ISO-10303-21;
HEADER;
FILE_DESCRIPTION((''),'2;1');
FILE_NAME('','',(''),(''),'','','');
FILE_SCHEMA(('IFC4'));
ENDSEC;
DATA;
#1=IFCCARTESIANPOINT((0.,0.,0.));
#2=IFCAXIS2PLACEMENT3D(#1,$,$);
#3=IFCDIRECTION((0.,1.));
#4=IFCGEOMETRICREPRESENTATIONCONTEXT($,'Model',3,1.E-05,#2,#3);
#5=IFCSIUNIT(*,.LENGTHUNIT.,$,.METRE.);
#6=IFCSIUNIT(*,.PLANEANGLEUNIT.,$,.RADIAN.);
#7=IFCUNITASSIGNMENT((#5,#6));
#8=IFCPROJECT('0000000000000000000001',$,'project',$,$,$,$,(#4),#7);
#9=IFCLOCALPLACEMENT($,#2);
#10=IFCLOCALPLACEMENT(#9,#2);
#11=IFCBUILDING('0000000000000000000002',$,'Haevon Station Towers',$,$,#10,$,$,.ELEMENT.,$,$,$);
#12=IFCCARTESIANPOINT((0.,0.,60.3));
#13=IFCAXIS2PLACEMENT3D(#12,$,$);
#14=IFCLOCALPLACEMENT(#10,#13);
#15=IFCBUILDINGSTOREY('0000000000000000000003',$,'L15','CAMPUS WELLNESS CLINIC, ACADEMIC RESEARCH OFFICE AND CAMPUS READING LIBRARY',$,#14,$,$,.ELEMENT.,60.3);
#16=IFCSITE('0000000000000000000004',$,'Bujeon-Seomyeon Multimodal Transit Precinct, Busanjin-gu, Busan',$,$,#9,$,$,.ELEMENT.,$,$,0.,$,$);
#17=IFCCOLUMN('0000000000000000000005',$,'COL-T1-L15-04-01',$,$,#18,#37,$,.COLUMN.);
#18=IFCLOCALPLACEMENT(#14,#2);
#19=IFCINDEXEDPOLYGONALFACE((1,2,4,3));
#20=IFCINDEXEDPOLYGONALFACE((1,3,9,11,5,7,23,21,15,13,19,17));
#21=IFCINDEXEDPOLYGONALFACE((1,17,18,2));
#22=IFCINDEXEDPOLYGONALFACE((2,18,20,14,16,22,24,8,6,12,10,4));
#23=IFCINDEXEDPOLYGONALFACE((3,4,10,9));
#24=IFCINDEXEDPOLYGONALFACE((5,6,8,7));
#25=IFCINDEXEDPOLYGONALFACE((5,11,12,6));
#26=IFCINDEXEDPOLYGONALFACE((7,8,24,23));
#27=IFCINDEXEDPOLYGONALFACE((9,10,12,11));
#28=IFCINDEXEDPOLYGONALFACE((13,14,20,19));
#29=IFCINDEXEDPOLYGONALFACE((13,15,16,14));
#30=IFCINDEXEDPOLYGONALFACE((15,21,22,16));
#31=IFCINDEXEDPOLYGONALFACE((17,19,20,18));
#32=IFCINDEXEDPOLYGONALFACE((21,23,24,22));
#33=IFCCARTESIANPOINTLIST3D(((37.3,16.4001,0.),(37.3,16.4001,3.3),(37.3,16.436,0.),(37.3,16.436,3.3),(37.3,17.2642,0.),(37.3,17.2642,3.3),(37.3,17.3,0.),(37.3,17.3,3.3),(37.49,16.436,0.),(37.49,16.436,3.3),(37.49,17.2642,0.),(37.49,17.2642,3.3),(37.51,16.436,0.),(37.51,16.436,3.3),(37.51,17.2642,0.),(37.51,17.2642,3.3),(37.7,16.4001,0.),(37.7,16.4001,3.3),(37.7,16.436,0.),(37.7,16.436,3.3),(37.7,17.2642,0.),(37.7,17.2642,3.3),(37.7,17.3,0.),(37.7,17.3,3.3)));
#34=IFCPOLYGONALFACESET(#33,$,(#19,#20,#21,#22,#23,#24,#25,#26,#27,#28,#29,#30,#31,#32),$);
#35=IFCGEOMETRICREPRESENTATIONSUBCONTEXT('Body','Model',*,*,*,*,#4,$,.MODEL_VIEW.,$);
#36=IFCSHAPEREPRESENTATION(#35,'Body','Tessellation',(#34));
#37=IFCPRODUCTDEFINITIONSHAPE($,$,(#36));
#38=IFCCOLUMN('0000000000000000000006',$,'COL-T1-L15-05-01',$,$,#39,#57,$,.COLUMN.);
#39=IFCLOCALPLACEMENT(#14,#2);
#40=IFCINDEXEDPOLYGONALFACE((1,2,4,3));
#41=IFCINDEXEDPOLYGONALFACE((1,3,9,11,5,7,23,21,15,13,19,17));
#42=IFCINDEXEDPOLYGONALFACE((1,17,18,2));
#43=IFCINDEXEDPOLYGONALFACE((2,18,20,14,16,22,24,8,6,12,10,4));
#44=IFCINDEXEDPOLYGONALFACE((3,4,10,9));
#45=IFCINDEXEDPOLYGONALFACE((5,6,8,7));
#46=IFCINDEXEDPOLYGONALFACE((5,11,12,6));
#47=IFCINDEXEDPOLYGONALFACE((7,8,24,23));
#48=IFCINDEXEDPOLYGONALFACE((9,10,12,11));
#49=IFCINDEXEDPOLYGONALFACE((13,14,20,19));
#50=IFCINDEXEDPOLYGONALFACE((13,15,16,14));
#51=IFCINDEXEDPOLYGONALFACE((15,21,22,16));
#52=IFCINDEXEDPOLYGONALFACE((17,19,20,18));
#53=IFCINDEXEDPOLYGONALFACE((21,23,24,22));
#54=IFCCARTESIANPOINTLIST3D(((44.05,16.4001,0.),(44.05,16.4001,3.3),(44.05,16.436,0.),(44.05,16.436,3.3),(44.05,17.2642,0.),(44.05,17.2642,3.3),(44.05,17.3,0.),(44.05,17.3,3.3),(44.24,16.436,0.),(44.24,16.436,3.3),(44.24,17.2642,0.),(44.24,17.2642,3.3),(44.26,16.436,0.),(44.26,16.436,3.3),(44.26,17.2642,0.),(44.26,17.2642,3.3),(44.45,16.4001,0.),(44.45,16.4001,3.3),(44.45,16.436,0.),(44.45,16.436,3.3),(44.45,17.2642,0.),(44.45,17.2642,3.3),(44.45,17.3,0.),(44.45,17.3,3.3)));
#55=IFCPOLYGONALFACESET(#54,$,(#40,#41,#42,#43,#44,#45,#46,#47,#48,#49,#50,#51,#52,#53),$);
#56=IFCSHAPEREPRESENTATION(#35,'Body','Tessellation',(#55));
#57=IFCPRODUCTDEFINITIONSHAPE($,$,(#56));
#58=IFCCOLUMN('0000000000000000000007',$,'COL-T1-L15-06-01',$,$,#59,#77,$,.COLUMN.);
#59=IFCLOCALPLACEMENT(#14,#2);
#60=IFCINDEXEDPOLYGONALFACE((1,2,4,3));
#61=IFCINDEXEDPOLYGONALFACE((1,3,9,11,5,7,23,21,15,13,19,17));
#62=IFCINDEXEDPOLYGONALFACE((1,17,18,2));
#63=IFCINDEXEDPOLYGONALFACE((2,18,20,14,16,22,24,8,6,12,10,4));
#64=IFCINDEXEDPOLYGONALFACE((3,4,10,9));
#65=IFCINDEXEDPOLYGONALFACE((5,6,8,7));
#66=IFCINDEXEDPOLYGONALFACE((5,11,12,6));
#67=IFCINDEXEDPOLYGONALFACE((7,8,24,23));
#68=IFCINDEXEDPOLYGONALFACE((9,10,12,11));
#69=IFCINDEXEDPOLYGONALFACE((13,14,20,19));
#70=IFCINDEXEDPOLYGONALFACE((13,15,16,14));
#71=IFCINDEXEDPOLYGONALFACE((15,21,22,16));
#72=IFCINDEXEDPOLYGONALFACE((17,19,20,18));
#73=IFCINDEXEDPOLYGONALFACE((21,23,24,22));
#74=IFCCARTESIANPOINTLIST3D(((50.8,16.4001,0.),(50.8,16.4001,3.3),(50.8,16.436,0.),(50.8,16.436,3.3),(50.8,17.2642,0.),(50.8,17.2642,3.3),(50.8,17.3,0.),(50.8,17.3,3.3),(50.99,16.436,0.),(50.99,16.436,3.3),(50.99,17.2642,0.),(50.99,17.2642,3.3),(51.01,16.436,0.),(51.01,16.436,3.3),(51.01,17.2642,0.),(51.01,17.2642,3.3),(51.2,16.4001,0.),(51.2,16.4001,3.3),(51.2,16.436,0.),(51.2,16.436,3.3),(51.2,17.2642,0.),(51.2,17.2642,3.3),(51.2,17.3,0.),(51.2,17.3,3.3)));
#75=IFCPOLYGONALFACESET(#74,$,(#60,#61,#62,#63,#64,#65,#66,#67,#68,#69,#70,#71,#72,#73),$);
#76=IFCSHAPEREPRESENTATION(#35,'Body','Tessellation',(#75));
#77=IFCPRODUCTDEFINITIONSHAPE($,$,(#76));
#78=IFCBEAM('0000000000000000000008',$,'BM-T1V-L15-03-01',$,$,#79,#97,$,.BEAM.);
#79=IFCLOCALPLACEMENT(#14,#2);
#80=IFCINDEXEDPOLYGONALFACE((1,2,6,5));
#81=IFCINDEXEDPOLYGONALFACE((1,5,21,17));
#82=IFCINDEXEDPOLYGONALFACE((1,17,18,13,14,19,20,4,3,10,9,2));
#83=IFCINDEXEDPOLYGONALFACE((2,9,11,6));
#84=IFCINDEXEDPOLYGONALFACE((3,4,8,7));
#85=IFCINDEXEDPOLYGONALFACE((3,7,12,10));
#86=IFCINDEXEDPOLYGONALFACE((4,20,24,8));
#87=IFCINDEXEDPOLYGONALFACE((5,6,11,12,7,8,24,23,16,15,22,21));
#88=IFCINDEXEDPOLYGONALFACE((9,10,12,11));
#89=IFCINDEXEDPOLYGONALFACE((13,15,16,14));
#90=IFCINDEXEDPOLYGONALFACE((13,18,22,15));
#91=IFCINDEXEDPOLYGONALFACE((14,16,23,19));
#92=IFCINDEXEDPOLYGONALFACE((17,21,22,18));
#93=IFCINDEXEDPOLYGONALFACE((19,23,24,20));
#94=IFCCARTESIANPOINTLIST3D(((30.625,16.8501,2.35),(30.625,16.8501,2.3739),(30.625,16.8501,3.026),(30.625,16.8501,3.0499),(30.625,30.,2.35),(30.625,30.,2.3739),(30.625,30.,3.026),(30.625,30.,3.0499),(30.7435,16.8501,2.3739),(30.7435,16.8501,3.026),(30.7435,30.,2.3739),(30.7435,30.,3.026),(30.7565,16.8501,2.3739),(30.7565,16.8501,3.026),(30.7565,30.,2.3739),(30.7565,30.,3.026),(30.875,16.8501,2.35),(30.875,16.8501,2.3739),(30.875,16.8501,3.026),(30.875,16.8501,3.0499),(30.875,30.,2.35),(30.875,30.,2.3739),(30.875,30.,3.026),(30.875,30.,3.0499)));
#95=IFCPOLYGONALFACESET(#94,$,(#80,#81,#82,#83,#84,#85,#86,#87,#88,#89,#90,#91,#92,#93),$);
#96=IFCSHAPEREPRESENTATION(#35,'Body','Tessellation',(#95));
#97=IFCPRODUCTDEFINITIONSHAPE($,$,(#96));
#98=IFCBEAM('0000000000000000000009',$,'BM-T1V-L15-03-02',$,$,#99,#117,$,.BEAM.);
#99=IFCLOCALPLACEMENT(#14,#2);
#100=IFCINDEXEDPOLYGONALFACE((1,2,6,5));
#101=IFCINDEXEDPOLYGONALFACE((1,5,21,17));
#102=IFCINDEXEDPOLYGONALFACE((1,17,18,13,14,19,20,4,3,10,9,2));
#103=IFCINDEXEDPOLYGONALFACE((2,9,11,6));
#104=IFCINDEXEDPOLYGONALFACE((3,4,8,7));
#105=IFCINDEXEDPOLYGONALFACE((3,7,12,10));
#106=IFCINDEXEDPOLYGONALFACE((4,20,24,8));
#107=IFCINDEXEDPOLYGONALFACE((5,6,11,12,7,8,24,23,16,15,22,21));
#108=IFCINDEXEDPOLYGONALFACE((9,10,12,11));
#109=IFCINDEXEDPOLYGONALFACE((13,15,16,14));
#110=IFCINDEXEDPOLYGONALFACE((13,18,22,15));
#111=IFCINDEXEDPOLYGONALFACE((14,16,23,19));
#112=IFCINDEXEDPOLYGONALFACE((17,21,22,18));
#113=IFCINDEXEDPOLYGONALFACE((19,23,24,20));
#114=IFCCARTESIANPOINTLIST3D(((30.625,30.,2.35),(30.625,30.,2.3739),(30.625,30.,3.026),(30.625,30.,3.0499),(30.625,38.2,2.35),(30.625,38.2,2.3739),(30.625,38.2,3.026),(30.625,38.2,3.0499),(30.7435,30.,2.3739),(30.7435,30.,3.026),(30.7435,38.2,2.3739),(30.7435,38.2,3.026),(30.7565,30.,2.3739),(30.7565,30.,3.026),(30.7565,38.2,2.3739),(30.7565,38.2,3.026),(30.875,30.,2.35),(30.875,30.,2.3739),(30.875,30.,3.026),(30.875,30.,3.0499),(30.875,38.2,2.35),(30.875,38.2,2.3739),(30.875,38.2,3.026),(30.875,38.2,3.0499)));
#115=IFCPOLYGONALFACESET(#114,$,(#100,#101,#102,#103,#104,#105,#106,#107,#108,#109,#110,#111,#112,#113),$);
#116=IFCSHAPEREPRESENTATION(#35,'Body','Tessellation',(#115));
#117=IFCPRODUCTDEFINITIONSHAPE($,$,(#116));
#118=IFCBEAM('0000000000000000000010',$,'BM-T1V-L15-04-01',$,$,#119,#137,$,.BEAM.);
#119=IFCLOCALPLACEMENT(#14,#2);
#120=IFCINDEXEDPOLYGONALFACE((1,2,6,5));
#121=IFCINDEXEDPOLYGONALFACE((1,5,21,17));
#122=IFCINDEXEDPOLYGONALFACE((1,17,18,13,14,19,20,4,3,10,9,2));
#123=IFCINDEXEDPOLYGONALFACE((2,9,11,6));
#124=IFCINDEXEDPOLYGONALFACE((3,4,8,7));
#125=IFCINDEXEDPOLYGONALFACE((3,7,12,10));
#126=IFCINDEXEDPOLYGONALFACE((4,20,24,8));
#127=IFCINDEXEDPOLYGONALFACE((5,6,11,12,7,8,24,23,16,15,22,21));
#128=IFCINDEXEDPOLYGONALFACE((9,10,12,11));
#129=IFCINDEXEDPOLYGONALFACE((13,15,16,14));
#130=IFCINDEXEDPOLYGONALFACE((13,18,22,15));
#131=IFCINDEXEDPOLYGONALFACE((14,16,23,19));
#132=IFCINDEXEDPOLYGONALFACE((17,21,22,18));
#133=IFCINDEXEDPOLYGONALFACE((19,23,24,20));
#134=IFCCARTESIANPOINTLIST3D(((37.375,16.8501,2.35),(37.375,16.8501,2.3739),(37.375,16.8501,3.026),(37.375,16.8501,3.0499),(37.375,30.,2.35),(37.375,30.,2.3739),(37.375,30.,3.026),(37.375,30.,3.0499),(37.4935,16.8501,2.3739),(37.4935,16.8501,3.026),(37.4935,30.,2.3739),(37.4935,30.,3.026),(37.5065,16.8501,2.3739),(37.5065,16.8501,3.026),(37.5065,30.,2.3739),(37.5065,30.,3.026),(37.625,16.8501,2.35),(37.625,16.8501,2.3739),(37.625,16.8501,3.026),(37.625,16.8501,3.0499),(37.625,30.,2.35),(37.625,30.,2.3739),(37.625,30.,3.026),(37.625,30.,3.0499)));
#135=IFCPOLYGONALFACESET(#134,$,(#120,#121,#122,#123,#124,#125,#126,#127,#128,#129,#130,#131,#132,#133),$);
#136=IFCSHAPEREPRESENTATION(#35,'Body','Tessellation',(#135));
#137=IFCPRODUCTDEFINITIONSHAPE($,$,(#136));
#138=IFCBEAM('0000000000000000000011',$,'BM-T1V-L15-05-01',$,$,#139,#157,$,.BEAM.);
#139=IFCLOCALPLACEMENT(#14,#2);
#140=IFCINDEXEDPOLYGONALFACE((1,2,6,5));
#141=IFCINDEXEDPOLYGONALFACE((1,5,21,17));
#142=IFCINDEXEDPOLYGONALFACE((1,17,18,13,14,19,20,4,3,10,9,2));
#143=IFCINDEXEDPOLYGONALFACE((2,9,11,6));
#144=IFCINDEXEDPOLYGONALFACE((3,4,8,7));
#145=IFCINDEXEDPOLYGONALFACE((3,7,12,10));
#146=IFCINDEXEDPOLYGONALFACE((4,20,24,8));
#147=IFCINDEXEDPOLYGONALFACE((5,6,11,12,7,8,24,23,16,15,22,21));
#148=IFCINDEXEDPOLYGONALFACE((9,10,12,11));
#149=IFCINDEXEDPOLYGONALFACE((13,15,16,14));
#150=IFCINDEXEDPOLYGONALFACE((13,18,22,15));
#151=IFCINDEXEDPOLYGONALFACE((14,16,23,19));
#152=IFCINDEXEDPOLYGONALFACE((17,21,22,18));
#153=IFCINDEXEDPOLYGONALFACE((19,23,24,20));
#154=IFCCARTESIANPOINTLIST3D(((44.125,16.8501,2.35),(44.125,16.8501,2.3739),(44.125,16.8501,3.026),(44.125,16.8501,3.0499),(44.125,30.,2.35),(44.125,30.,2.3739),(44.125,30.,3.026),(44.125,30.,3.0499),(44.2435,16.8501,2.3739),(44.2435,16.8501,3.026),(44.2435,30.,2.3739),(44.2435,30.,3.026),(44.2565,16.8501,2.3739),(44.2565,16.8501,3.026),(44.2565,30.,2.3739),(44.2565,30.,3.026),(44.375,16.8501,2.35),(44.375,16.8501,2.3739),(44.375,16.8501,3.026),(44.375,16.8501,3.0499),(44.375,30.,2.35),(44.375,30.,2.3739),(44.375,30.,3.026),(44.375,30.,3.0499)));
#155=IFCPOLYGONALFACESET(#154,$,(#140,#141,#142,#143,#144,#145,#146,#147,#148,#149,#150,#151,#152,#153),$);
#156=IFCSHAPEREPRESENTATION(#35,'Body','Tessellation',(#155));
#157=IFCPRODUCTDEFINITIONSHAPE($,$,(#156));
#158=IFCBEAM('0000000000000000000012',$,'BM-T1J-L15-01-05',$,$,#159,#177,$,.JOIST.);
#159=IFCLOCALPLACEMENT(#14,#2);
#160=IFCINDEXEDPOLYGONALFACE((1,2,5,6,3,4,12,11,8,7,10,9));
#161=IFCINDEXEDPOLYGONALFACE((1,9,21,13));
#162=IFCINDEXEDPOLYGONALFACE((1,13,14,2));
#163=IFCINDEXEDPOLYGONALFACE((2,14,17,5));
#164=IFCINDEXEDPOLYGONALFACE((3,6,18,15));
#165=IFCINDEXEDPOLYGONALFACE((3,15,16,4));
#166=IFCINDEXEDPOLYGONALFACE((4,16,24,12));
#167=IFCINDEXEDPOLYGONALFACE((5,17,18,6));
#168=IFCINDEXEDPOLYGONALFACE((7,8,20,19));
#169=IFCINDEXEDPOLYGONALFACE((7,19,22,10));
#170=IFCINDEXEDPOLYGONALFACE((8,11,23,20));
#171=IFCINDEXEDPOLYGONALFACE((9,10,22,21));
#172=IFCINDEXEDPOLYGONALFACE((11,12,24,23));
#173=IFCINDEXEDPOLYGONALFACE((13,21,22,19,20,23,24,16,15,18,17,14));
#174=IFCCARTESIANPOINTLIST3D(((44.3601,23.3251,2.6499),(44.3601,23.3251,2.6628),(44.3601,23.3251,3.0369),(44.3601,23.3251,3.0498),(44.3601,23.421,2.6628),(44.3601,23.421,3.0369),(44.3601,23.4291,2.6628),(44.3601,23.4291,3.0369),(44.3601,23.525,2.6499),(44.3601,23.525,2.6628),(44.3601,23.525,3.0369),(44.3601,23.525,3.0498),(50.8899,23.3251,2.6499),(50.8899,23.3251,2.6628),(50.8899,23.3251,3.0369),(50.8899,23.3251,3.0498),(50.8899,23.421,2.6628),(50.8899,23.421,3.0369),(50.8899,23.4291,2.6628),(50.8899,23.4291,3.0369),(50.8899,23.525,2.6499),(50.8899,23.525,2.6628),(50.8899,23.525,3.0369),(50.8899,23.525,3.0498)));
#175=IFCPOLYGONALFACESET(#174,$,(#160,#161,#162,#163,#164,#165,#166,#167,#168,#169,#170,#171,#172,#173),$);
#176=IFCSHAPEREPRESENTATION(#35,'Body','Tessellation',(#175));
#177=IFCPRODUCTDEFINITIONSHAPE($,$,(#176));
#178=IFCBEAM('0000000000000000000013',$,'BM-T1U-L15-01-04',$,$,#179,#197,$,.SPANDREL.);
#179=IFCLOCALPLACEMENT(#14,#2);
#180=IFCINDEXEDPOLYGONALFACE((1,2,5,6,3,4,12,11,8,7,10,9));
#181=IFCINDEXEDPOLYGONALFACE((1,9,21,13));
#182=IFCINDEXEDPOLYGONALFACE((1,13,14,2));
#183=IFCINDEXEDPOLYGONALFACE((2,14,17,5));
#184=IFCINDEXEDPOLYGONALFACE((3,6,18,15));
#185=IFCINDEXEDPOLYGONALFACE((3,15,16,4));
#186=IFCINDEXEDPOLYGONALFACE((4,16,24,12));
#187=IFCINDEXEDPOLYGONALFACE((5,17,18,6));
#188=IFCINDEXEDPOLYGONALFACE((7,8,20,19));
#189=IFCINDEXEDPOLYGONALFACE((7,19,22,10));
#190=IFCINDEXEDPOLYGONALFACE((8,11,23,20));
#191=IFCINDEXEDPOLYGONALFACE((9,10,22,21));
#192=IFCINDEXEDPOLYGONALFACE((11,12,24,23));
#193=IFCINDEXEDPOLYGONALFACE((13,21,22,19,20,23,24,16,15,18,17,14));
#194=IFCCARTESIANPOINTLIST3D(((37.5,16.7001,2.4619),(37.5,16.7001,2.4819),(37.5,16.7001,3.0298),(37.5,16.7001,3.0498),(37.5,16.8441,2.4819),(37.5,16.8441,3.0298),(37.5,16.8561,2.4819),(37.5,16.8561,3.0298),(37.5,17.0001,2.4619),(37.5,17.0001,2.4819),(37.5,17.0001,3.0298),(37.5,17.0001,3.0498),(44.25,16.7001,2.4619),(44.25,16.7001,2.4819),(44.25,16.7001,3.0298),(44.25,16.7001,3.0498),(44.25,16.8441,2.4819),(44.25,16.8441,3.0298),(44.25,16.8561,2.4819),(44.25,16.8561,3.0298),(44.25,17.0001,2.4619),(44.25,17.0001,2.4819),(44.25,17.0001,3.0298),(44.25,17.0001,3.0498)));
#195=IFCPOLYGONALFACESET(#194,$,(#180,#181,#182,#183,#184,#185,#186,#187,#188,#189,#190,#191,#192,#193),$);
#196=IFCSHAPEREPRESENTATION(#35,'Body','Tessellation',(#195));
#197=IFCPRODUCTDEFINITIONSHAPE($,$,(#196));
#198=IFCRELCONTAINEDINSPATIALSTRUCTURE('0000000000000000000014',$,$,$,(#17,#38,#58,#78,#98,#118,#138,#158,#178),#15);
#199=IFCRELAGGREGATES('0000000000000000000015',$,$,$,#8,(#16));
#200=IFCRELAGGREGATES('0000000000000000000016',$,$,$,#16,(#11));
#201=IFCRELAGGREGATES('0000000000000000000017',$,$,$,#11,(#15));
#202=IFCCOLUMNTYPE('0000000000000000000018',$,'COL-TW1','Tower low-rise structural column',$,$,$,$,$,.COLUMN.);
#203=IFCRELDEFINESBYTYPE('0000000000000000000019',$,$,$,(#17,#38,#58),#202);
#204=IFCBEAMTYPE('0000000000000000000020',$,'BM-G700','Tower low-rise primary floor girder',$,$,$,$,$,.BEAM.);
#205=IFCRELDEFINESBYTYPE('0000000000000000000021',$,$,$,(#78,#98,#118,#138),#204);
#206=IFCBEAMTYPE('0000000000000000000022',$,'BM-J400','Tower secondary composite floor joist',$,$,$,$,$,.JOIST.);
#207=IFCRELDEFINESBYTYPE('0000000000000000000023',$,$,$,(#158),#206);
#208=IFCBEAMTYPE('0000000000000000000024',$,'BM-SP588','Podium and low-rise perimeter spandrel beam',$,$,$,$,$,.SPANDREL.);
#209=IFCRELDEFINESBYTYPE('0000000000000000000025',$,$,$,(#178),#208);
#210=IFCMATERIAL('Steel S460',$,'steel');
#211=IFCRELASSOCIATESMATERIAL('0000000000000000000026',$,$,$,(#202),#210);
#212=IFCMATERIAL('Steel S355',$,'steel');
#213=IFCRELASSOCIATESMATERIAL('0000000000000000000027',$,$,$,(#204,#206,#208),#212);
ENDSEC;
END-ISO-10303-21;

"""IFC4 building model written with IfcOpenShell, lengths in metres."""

from ifc_helpers import new_model, si_unit, direction, frame, origin, origin_2d, place, context, subcontext, project, spatial, i_section, extrude, material, material_profile, profile_set, type_object, element, save


model = new_model("IFC4")

# Units and contexts
model_context = context("Model", 3, precision=1e-05, world=origin(), true_north=direction((0.0, 1.0)))
body_context = subcontext(model_context, "Body", "Model", "MODEL_VIEW")
ifc_project = project(units=[si_unit("LENGTHUNIT", "METRE"), si_unit("PLANEANGLEUNIT", "RADIAN")], contexts=[model_context])

# Site, building, storey
site_placement = place(None, origin())
site = spatial("IfcSite", under=ifc_project, at=site_placement, Name="Bujeon-Seomyeon Multimodal Transit Precinct, Busanjin-gu, Busan", CompositionType="ELEMENT", RefElevation=0.0)
building_placement = place(site_placement, origin())
building = spatial("IfcBuilding", under=site, at=building_placement, Name="Haevon Station Towers", CompositionType="ELEMENT")
storey_placement = place(building_placement, frame((0.0, 0.0, 60.3)))
storey = spatial("IfcBuildingStorey", under=building, at=storey_placement, Name="L15", Description="CAMPUS WELLNESS CLINIC, ACADEMIC RESEARCH OFFICE AND CAMPUS READING LIBRARY", CompositionType="ELEMENT", Elevation=60.3)

# Columns
ifc_material_1 = material(Name="Steel S460", Category="steel")
ifc_material_profile_1 = material_profile(ifc_material_1, i_section(OverallWidth=0.3999, OverallDepth=0.8999, WebThickness=0.02, FlangeThickness=0.0359, at=origin_2d()), Name="H-900x400x20x36")
ifc_profile_set_1 = profile_set([ifc_material_profile_1], Name="Steel S460")
column_type = type_object("IfcColumnType", Name="COL-TW1", Description="Tower low-rise structural column", PredefinedType="COLUMN", material=ifc_profile_set_1)
for number, where, z_axis, x_axis, name in (
    (1, (37.5, 16.8501, 0.0), (0.0, 0.0, 1.0), (1.0, 0.0, 0.0), "COL-T1-L15-04-01"),
    (2, (44.25, 16.8501, 0.0), (0.0, 0.0, 1.0), (1.0, 0.0, 0.0), "COL-T1-L15-05-01"),
    (3, (51.0, 16.8501, 0.0), (0.0, 0.0, 1.0), (1.0, 0.0, 0.0), "COL-T1-L15-06-01"),
):
    element("IfcColumn", number, at=place(storey_placement, frame(where, z_axis=z_axis, x_axis=x_axis)), inside=storey, type_object=column_type, Name=name, PredefinedType="COLUMN", context=body_context, shape_type="SweptSolid", body=[
        extrude(i_section(OverallWidth=0.3999, OverallDepth=0.8999, WebThickness=0.02, FlangeThickness=0.0359, at=origin_2d()), origin(), (0.0, 0.0, 1.0), 3.3),
    ])

# Beams
ifc_material_2 = material(Name="Steel S355", Category="steel")
ifc_material_profile_2 = material_profile(ifc_material_2, i_section(OverallWidth=0.25, OverallDepth=0.7, WebThickness=0.0129, FlangeThickness=0.0239, at=origin_2d()), Name="H-700x250x13x24")
ifc_profile_set_2 = profile_set([ifc_material_profile_2], Name="Steel S355")
beam_type_1 = type_object("IfcBeamType", Name="BM-G700", Description="Tower low-rise primary floor girder", PredefinedType="BEAM", material=ifc_profile_set_2)
beam_1_placement = place(storey_placement, frame((30.75, 16.8501, 2.7), z_axis=(0.0, 1.0, 0.0), x_axis=(-1.0, 0.0, 0.0)))
element("IfcBeam", 4, at=beam_1_placement, inside=storey, type_object=beam_type_1, Name="BM-T1V-L15-03-01", PredefinedType="BEAM", context=body_context, shape_type="SweptSolid", body=[
    extrude(i_section(OverallWidth=0.25, OverallDepth=0.7, WebThickness=0.0129, FlangeThickness=0.0239, at=origin_2d()), origin(), (0.0, 0.0, 1.0), 13.1499),
])
beam_2_placement = place(storey_placement, frame((30.75, 30.0, 2.7), z_axis=(0.0, 1.0, 0.0), x_axis=(-1.0, 0.0, 0.0)))
element("IfcBeam", 5, at=beam_2_placement, inside=storey, type_object=beam_type_1, Name="BM-T1V-L15-03-02", PredefinedType="BEAM", context=body_context, shape_type="SweptSolid", body=[
    extrude(i_section(OverallWidth=0.25, OverallDepth=0.7, WebThickness=0.0129, FlangeThickness=0.0239, at=origin_2d()), origin(), (0.0, 0.0, 1.0), 8.2),
])
for number, where, z_axis, x_axis, name in (
    (6, (37.5, 16.8501, 2.7), (0.0, 1.0, 0.0), (-1.0, 0.0, 0.0), "BM-T1V-L15-04-01"),
    (7, (44.25, 16.8501, 2.7), (0.0, 1.0, 0.0), (-1.0, 0.0, 0.0), "BM-T1V-L15-05-01"),
):
    element("IfcBeam", number, at=place(storey_placement, frame(where, z_axis=z_axis, x_axis=x_axis)), inside=storey, type_object=beam_type_1, Name=name, PredefinedType="BEAM", context=body_context, shape_type="SweptSolid", body=[
        extrude(i_section(OverallWidth=0.25, OverallDepth=0.7, WebThickness=0.0129, FlangeThickness=0.0239, at=origin_2d()), origin(), (0.0, 0.0, 1.0), 13.1499),
    ])
ifc_material_profile_3 = material_profile(ifc_material_2, i_section(OverallWidth=0.2, OverallDepth=0.3999, WebThickness=0.0081, FlangeThickness=0.0129, at=origin_2d()), Name="H-400x200x8x13")
ifc_profile_set_3 = profile_set([ifc_material_profile_3], Name="Steel S355")
beam_type_2 = type_object("IfcBeamType", Name="BM-J400", Description="Tower secondary composite floor joist", PredefinedType="JOIST", material=ifc_profile_set_3)
beam_3_placement = place(storey_placement, frame((44.3601, 23.425, 2.8499), z_axis=(1.0, 0.0, 0.0), x_axis=(0.0, 1.0, 0.0)))
element("IfcBeam", 8, at=beam_3_placement, inside=storey, type_object=beam_type_2, Name="BM-T1J-L15-01-05", PredefinedType="JOIST", context=body_context, shape_type="SweptSolid", body=[
    extrude(i_section(OverallWidth=0.2, OverallDepth=0.3999, WebThickness=0.0081, FlangeThickness=0.0129, at=origin_2d()), origin(), (0.0, 0.0, 1.0), 6.5298),
])
ifc_material_profile_4 = material_profile(ifc_material_2, i_section(OverallWidth=0.3, OverallDepth=0.5879, WebThickness=0.012, FlangeThickness=0.02, at=origin_2d()), Name="H-588x300x12x20")
ifc_profile_set_4 = profile_set([ifc_material_profile_4], Name="Steel S355")
beam_type_3 = type_object("IfcBeamType", Name="BM-SP588", Description="Podium and low-rise perimeter spandrel beam", PredefinedType="SPANDREL", material=ifc_profile_set_4)
for number, where, z_axis, x_axis, name in (
    (9, (37.5, 16.8501, 2.7559), (1.0, 0.0, 0.0), (0.0, 1.0, 0.0), "BM-T1U-L15-01-04"),
):
    element("IfcBeam", number, at=place(storey_placement, frame(where, z_axis=z_axis, x_axis=x_axis)), inside=storey, type_object=beam_type_3, Name=name, PredefinedType="SPANDREL", context=body_context, shape_type="SweptSolid", body=[
        extrude(i_section(OverallWidth=0.3, OverallDepth=0.5879, WebThickness=0.012, FlangeThickness=0.02, at=origin_2d()), origin(), (0.0, 0.0, 1.0), 6.75),
    ])

save(model, "model.ifc")
